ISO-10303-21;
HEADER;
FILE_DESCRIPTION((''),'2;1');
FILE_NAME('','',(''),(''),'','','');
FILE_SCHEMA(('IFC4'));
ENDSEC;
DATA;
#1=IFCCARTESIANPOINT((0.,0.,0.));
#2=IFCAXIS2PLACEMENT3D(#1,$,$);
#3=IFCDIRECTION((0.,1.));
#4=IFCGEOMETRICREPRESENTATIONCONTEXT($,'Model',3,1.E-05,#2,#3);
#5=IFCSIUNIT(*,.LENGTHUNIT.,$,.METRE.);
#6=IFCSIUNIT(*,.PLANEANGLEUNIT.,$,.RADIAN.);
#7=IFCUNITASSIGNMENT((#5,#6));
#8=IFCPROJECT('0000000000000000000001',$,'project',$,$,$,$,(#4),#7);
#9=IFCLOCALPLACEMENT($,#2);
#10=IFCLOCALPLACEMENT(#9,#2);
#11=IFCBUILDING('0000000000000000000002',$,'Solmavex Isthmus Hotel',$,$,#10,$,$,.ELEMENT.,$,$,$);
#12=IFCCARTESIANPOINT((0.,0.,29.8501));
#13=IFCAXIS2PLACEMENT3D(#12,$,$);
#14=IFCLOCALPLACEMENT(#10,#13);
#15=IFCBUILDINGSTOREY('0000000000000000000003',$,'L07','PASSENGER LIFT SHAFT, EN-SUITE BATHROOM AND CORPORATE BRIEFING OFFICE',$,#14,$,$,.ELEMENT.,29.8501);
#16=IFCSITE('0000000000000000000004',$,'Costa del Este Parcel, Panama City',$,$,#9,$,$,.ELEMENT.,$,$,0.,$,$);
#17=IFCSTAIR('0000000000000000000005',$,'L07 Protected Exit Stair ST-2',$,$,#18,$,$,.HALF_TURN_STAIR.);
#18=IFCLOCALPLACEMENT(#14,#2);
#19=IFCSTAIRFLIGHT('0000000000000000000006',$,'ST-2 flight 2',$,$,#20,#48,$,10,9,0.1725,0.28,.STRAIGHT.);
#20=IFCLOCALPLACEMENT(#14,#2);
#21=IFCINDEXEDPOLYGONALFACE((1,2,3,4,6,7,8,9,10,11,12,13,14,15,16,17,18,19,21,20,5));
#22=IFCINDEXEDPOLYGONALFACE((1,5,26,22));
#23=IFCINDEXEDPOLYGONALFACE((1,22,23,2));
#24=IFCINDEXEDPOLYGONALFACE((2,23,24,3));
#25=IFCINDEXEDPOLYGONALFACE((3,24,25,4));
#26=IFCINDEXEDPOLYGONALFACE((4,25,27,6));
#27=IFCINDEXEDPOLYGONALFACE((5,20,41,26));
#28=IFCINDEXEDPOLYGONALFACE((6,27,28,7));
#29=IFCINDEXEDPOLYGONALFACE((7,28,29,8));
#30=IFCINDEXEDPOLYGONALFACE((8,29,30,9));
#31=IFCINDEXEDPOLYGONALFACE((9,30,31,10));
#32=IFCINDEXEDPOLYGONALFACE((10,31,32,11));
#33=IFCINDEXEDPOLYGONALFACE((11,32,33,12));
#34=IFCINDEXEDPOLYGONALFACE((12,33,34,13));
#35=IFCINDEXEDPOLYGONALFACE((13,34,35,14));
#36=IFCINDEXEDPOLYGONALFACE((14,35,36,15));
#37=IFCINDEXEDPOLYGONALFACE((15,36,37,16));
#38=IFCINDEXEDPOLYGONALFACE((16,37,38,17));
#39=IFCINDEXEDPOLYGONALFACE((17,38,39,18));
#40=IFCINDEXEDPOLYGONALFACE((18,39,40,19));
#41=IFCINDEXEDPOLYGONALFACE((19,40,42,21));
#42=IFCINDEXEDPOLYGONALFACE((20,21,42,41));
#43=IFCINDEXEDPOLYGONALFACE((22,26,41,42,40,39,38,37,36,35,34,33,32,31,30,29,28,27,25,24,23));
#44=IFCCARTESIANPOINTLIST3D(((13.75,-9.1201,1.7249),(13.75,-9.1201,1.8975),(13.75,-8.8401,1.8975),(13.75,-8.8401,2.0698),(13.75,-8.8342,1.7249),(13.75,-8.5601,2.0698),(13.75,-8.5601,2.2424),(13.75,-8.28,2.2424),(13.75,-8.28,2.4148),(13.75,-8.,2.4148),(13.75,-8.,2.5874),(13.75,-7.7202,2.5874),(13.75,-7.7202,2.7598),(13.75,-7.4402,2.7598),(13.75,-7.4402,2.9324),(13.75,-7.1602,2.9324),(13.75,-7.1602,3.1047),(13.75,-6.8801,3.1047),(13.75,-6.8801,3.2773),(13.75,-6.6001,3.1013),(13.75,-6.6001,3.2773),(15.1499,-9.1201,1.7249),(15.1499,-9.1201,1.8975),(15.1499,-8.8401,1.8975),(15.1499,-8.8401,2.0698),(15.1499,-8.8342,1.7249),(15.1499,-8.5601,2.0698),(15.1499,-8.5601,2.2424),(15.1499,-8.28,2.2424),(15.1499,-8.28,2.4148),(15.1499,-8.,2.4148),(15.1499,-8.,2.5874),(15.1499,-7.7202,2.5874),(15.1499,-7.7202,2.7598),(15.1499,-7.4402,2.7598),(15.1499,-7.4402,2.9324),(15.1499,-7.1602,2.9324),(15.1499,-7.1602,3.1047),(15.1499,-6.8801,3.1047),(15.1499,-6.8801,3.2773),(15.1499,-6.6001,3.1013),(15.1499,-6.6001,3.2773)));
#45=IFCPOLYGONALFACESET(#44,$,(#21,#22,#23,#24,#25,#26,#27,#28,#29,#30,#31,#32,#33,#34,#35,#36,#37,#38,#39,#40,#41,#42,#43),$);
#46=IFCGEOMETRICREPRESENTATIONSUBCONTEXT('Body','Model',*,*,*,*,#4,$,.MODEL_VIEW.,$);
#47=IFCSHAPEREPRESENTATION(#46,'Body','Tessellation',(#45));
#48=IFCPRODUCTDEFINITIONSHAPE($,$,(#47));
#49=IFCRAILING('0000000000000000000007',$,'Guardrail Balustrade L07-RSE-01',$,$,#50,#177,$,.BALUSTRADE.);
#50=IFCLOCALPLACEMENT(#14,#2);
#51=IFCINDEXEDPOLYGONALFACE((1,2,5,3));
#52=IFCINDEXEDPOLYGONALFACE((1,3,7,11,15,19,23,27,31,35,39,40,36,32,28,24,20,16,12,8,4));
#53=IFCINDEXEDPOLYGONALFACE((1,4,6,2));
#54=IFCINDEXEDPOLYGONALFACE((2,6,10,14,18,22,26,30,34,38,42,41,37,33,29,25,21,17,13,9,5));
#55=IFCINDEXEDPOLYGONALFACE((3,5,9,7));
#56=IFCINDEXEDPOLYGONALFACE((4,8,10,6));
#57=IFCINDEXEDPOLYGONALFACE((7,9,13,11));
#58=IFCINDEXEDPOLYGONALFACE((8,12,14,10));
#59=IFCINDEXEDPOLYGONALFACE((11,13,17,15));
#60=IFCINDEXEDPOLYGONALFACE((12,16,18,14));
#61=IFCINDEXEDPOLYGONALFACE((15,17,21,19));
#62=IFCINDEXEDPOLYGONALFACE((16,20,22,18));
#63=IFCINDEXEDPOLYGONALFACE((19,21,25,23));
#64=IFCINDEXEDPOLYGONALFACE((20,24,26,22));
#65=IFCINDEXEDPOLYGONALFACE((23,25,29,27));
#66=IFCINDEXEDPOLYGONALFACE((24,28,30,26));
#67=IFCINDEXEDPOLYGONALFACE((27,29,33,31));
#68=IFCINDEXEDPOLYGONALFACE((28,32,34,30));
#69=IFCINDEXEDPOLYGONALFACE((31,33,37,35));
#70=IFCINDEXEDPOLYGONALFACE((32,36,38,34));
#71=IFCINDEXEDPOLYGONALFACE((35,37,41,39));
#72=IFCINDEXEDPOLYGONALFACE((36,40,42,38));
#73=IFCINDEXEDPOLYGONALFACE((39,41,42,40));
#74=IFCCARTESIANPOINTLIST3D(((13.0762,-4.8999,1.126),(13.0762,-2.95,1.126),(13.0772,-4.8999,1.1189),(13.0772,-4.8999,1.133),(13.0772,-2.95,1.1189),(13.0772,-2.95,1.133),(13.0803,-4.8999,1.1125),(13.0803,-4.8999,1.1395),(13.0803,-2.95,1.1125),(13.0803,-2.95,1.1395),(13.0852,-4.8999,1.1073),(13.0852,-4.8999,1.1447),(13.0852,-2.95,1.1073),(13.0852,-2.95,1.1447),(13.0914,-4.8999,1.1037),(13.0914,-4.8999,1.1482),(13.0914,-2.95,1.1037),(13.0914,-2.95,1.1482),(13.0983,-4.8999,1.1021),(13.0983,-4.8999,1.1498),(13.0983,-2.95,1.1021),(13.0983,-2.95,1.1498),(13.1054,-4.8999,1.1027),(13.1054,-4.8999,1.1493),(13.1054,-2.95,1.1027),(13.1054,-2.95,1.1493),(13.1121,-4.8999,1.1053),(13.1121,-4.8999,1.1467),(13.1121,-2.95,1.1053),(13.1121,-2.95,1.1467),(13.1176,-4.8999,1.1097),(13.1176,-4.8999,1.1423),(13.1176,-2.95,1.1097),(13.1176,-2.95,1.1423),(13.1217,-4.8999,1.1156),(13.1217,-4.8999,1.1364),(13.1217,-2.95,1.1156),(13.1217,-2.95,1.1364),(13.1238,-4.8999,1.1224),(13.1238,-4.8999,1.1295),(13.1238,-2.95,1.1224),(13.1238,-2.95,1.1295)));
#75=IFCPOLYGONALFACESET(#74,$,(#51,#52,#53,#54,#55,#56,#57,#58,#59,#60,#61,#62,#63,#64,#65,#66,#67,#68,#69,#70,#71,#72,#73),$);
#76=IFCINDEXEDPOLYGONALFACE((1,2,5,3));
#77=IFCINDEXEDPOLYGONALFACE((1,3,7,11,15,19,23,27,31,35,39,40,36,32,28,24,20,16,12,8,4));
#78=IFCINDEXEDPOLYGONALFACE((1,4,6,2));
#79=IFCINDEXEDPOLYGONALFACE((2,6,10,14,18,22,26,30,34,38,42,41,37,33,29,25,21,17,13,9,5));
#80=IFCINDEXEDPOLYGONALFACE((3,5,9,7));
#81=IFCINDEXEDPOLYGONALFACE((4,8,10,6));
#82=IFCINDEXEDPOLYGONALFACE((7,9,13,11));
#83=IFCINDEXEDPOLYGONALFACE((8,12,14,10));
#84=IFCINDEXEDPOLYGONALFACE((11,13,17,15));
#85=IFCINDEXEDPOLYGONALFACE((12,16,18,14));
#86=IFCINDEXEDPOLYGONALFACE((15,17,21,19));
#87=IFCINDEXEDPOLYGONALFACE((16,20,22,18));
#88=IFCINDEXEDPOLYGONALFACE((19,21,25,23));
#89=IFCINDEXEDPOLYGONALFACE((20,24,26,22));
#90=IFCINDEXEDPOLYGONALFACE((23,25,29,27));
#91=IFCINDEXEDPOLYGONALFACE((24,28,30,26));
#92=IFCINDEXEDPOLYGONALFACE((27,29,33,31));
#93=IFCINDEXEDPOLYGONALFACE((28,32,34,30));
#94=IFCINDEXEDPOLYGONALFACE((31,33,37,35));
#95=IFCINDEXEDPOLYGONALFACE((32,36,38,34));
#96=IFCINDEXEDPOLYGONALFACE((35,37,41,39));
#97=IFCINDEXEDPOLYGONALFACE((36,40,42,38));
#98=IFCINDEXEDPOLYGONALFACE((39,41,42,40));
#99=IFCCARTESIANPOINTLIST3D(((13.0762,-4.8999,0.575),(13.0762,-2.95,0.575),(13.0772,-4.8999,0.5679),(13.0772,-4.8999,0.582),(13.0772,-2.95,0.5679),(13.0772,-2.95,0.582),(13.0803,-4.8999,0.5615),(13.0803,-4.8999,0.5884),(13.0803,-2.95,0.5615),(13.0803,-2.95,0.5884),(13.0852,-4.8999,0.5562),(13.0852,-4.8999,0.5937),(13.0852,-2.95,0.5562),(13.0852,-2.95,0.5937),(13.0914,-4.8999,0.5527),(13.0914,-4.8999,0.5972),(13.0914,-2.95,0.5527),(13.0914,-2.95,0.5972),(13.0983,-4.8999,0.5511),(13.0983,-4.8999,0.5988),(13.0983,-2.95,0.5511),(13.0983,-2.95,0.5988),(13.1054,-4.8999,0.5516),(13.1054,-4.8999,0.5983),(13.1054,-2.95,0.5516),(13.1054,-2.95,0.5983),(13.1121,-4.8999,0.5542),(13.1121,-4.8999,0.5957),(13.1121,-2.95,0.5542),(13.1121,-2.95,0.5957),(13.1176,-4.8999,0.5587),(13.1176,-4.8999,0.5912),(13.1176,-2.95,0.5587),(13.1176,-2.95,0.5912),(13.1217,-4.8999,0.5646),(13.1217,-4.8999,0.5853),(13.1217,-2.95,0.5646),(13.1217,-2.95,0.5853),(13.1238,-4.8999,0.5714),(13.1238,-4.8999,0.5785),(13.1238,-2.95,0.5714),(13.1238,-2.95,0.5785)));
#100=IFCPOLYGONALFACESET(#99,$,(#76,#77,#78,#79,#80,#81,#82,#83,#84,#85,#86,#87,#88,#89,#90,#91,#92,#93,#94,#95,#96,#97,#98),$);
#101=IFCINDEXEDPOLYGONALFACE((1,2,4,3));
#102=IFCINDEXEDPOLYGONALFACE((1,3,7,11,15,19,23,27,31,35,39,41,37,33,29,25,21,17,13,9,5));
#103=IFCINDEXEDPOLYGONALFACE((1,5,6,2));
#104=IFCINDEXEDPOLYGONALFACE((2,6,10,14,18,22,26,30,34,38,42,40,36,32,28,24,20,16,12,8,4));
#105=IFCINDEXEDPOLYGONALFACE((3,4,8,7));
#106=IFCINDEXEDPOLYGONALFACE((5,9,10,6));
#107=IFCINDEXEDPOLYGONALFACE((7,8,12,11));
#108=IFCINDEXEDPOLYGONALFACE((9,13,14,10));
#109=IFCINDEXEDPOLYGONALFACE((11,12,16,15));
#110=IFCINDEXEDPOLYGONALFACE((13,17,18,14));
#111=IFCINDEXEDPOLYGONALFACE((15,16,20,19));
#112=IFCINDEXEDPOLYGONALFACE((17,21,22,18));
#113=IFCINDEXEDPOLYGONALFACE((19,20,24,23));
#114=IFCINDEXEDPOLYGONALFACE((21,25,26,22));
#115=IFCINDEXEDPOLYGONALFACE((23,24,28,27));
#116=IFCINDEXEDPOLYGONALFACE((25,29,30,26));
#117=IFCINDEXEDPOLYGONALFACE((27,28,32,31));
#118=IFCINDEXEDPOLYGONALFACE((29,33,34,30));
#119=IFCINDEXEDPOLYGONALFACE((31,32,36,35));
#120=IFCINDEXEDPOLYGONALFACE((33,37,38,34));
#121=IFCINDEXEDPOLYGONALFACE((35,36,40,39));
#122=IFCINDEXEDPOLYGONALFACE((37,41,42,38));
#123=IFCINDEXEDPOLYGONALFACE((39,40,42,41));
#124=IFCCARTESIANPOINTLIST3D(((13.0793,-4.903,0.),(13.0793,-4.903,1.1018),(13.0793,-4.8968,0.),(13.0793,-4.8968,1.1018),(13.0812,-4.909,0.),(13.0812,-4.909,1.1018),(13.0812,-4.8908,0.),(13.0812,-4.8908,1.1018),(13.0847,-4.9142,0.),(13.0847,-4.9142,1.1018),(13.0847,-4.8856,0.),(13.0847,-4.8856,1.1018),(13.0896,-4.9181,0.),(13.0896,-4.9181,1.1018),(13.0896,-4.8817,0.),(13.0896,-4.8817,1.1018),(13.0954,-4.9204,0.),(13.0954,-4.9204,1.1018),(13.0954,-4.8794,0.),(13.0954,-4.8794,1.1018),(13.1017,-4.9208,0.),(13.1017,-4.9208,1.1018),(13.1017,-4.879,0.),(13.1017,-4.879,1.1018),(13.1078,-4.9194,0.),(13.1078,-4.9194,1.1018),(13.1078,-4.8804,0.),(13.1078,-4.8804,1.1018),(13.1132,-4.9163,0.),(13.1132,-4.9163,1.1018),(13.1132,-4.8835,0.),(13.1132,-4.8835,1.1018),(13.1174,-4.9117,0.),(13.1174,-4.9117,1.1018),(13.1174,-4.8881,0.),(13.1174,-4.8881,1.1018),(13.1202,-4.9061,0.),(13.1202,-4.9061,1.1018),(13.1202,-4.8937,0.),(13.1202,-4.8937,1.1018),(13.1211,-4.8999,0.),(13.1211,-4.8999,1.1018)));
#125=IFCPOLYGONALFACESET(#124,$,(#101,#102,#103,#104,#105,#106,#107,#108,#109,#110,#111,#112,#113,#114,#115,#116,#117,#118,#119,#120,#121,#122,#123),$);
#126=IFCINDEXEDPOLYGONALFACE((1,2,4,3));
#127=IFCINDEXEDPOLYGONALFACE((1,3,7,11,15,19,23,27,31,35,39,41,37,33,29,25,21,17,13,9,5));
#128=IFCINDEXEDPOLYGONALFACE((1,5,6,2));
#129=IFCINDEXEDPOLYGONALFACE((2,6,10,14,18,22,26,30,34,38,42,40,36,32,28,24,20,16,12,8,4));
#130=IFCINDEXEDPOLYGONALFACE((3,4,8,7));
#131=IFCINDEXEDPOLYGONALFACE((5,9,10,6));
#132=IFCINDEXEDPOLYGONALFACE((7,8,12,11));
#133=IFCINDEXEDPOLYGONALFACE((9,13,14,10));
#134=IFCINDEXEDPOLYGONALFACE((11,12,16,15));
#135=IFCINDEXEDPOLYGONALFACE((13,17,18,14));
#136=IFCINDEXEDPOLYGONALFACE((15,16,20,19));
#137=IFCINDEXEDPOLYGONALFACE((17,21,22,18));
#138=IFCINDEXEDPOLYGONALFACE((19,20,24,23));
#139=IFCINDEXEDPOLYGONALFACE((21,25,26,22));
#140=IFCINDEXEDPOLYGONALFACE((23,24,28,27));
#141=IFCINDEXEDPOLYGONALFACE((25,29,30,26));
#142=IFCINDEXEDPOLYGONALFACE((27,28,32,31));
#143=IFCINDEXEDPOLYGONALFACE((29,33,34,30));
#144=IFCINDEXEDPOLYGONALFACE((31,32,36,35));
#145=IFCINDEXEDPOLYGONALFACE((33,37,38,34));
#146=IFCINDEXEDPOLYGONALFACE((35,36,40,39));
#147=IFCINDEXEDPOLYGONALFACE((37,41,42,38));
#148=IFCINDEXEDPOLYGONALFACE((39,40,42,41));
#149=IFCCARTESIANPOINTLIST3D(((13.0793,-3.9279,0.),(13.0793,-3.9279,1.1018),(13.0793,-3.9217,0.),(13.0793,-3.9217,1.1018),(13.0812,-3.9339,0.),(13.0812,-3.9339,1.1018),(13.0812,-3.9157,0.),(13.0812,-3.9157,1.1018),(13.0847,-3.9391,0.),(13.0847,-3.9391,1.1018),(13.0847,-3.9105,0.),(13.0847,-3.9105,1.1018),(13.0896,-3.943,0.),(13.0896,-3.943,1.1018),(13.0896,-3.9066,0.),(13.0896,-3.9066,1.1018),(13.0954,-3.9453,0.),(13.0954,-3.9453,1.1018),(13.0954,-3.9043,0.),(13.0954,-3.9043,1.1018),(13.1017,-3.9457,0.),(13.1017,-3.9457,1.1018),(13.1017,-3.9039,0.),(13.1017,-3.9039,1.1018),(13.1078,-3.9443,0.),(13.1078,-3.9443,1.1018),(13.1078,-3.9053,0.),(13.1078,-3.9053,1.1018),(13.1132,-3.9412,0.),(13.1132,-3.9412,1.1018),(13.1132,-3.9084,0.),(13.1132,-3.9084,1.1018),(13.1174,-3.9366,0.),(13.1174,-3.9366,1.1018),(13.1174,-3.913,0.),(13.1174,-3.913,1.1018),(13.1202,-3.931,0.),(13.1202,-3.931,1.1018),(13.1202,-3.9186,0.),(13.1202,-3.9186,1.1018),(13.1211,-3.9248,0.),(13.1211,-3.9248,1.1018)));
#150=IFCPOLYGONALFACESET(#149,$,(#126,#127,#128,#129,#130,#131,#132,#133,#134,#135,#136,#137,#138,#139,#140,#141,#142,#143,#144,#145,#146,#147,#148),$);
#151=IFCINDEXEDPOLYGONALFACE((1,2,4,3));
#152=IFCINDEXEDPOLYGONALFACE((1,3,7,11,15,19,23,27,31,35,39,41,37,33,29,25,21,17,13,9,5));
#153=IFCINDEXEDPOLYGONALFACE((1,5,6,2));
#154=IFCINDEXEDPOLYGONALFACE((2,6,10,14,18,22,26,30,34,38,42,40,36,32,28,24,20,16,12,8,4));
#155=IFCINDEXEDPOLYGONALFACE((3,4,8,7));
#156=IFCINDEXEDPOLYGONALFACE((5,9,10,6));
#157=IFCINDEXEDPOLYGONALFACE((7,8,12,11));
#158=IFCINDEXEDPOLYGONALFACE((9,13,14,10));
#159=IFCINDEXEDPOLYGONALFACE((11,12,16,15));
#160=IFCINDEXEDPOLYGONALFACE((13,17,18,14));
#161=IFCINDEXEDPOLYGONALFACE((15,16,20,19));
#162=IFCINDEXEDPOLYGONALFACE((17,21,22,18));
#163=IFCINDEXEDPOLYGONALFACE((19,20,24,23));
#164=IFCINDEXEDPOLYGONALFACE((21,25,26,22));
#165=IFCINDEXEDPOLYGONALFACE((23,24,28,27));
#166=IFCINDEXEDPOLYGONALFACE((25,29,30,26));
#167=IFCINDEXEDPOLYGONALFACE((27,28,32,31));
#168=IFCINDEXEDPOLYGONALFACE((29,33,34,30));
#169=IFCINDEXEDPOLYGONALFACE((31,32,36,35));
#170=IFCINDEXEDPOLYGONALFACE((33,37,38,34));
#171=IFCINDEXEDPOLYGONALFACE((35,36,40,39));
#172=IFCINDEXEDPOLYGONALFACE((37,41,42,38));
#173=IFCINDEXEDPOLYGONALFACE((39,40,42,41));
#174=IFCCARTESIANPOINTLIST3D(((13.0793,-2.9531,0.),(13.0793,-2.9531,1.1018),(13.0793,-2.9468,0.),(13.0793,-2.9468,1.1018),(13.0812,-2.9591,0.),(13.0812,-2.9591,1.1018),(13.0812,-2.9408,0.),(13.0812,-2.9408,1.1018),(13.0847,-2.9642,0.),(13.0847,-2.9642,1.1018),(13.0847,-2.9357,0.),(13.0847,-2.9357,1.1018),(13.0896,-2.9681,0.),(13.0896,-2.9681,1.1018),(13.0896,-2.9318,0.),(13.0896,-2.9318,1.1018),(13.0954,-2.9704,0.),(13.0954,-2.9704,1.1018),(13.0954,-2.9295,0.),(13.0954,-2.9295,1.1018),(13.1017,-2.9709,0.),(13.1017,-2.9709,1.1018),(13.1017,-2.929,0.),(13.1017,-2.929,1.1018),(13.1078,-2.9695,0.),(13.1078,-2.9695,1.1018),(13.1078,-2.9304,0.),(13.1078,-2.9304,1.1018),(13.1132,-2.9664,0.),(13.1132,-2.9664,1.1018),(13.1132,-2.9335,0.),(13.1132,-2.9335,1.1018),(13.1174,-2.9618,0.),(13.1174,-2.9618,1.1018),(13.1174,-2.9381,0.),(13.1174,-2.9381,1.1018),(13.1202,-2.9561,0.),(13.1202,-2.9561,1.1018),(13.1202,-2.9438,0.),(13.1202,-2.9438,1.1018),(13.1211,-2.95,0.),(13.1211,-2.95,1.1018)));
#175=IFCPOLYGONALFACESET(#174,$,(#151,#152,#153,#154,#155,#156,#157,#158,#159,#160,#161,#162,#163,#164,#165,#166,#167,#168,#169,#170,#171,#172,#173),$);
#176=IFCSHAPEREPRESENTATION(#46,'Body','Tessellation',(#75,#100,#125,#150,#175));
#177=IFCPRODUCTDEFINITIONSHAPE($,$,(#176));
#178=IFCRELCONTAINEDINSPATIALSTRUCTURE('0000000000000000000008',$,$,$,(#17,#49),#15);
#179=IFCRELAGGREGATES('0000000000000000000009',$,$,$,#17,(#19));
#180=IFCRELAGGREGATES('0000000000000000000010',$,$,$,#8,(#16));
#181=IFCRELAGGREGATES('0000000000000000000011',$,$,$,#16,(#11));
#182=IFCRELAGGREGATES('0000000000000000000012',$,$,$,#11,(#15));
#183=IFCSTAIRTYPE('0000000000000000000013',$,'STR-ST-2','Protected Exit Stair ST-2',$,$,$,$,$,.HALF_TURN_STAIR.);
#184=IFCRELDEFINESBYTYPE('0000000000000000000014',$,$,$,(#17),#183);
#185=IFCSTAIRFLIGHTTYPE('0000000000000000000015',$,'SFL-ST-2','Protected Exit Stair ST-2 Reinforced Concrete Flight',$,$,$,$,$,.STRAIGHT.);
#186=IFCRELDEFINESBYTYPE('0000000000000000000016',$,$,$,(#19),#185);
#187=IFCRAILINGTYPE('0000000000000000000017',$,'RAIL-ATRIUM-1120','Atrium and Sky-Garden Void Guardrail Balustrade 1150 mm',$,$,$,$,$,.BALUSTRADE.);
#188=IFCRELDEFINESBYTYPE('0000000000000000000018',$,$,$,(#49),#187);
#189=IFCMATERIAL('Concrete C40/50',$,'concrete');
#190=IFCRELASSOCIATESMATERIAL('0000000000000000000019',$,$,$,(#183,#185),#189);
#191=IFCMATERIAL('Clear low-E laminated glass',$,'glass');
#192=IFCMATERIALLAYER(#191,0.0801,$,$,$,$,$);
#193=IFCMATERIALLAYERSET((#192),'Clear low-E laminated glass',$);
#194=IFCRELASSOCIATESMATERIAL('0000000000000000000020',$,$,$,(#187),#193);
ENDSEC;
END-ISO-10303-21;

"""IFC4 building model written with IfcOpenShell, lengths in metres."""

from ifc_helpers import new_model, si_unit, direction, frame, origin, origin_2d, place, context, subcontext, project, spatial, polyline, circle, outline, extrude, material, layer, layer_set, type_object, element, aggregate, save


model = new_model("IFC4")

# Units and contexts
model_context = context("Model", 3, precision=1e-05, world=origin(), true_north=direction((0.0, 1.0)))
body_context = subcontext(model_context, "Body", "Model", "MODEL_VIEW")
ifc_project = project(units=[si_unit("LENGTHUNIT", "METRE"), si_unit("PLANEANGLEUNIT", "RADIAN")], contexts=[model_context])

# Site, building, storey
site_placement = place(None, origin())
site = spatial("IfcSite", under=ifc_project, at=site_placement, Name="Costa del Este Parcel, Panama City", CompositionType="ELEMENT", RefElevation=0.0)
building_placement = place(site_placement, origin())
building = spatial("IfcBuilding", under=site, at=building_placement, Name="Solmavex Isthmus Hotel", CompositionType="ELEMENT")
storey_placement = place(building_placement, frame((0.0, 0.0, 29.8501)))
storey = spatial("IfcBuildingStorey", under=building, at=storey_placement, Name="L07", Description="PASSENGER LIFT SHAFT, EN-SUITE BATHROOM AND CORPORATE BRIEFING OFFICE", CompositionType="ELEMENT", Elevation=29.8501)

# Shared definitions
ifc_material_1 = material(Name="Concrete C40/50", Category="concrete")

# Stair, stair flight
stair_type = type_object("IfcStairType", Name="STR-ST-2", Description="Protected Exit Stair ST-2", PredefinedType="HALF_TURN_STAIR", material=ifc_material_1)
stair_placement = place(storey_placement, origin())
stair = element("IfcStair", 1, at=stair_placement, inside=storey, type_object=stair_type, Name="L07 Protected Exit Stair ST-2", PredefinedType="HALF_TURN_STAIR")
stair_flight_type = type_object("IfcStairFlightType", Name="SFL-ST-2", Description="Protected Exit Stair ST-2 Reinforced Concrete Flight", PredefinedType="STRAIGHT", material=ifc_material_1)
stair_flight_1_placement = place(storey_placement, frame((14.45, -9.1201, 1.7249), z_axis=(0.0, 0.0, 1.0), x_axis=(0.0, 1.0, 0.0)))
stair_flight_1 = element("IfcStairFlight", 2, at=stair_flight_1_placement, type_object=stair_flight_type, Name="ST-2 flight 2", NumberOfRisers=10, NumberOfTreads=9, PredefinedType="STRAIGHT", RiserHeight=0.1725, TreadLength=0.28, context=body_context, shape_type="SweptSolid", body=[
    extrude(outline(polyline([(0.0, 0.0), (0.0, 0.1726), (0.28, 0.1726), (0.28, 0.345), (0.5601, 0.345), (0.5601, 0.5176), (0.8401, 0.5176), (0.8401, 0.6899), (1.1201, 0.6899), (1.1201, 0.8625), (1.3999, 0.8625), (1.3999, 1.0349), (1.6799, 1.0349), (1.6799, 1.2075), (1.96, 1.2075), (1.96, 1.3799), (2.24, 1.3799), (2.24, 1.5525), (2.52, 1.5525), (2.52, 1.7251), (2.52, 1.3765), (0.2859, 0.0), (0.0, 0.0)])), frame((0.0, 0.7, 0.0), z_axis=(0.0, -1.0, 0.0), x_axis=(1.0, 0.0, 0.0)), (0.0, 0.0, 1.0), 1.3999),
])
aggregate(stair, [stair_flight_1])

# Railing
ifc_material_2 = material(Name="Clear low-E laminated glass", Category="glass")
ifc_layer_1 = layer(ifc_material_2, 0.0801)
ifc_layer_set_1 = layer_set([ifc_layer_1], Name="Clear low-E laminated glass")
railing_type_1 = type_object("IfcRailingType", Name="RAIL-ATRIUM-1120", Description="Atrium and Sky-Garden Void Guardrail Balustrade 1150 mm", PredefinedType="BALUSTRADE", material=ifc_layer_set_1)
railing_1_placement = place(storey_placement, frame((13.1001, -4.8999, 0.0)))
element("IfcRailing", 3, at=railing_1_placement, inside=storey, type_object=railing_type_1, Name="Guardrail Balustrade L07-RSE-01", PredefinedType="BALUSTRADE", context=body_context, shape_type="SweptSolid", body=[
    extrude(circle(Radius=0.0239, at=origin_2d()), frame((0.0, 0.0, 1.126), z_axis=(0.0, 1.0, 0.0), x_axis=(-1.0, 0.0, 0.0)), (0.0, 0.0, 1.0), 1.95),
    extrude(circle(Radius=0.0239, at=origin_2d()), frame((0.0, 0.0, 0.575), z_axis=(0.0, 1.0, 0.0), x_axis=(-1.0, 0.0, 0.0)), (0.0, 0.0, 1.0), 1.95),
    extrude(circle(Radius=0.021, at=origin_2d()), origin(), (0.0, 0.0, 1.0), 1.1018),
    extrude(circle(Radius=0.021, at=origin_2d()), frame((0.0, 0.9751, 0.0)), (0.0, 0.0, 1.0), 1.1018),
    extrude(circle(Radius=0.021, at=origin_2d()), frame((0.0, 1.95, 0.0)), (0.0, 0.0, 1.0), 1.1018),
])

save(model, "model.ifc")
